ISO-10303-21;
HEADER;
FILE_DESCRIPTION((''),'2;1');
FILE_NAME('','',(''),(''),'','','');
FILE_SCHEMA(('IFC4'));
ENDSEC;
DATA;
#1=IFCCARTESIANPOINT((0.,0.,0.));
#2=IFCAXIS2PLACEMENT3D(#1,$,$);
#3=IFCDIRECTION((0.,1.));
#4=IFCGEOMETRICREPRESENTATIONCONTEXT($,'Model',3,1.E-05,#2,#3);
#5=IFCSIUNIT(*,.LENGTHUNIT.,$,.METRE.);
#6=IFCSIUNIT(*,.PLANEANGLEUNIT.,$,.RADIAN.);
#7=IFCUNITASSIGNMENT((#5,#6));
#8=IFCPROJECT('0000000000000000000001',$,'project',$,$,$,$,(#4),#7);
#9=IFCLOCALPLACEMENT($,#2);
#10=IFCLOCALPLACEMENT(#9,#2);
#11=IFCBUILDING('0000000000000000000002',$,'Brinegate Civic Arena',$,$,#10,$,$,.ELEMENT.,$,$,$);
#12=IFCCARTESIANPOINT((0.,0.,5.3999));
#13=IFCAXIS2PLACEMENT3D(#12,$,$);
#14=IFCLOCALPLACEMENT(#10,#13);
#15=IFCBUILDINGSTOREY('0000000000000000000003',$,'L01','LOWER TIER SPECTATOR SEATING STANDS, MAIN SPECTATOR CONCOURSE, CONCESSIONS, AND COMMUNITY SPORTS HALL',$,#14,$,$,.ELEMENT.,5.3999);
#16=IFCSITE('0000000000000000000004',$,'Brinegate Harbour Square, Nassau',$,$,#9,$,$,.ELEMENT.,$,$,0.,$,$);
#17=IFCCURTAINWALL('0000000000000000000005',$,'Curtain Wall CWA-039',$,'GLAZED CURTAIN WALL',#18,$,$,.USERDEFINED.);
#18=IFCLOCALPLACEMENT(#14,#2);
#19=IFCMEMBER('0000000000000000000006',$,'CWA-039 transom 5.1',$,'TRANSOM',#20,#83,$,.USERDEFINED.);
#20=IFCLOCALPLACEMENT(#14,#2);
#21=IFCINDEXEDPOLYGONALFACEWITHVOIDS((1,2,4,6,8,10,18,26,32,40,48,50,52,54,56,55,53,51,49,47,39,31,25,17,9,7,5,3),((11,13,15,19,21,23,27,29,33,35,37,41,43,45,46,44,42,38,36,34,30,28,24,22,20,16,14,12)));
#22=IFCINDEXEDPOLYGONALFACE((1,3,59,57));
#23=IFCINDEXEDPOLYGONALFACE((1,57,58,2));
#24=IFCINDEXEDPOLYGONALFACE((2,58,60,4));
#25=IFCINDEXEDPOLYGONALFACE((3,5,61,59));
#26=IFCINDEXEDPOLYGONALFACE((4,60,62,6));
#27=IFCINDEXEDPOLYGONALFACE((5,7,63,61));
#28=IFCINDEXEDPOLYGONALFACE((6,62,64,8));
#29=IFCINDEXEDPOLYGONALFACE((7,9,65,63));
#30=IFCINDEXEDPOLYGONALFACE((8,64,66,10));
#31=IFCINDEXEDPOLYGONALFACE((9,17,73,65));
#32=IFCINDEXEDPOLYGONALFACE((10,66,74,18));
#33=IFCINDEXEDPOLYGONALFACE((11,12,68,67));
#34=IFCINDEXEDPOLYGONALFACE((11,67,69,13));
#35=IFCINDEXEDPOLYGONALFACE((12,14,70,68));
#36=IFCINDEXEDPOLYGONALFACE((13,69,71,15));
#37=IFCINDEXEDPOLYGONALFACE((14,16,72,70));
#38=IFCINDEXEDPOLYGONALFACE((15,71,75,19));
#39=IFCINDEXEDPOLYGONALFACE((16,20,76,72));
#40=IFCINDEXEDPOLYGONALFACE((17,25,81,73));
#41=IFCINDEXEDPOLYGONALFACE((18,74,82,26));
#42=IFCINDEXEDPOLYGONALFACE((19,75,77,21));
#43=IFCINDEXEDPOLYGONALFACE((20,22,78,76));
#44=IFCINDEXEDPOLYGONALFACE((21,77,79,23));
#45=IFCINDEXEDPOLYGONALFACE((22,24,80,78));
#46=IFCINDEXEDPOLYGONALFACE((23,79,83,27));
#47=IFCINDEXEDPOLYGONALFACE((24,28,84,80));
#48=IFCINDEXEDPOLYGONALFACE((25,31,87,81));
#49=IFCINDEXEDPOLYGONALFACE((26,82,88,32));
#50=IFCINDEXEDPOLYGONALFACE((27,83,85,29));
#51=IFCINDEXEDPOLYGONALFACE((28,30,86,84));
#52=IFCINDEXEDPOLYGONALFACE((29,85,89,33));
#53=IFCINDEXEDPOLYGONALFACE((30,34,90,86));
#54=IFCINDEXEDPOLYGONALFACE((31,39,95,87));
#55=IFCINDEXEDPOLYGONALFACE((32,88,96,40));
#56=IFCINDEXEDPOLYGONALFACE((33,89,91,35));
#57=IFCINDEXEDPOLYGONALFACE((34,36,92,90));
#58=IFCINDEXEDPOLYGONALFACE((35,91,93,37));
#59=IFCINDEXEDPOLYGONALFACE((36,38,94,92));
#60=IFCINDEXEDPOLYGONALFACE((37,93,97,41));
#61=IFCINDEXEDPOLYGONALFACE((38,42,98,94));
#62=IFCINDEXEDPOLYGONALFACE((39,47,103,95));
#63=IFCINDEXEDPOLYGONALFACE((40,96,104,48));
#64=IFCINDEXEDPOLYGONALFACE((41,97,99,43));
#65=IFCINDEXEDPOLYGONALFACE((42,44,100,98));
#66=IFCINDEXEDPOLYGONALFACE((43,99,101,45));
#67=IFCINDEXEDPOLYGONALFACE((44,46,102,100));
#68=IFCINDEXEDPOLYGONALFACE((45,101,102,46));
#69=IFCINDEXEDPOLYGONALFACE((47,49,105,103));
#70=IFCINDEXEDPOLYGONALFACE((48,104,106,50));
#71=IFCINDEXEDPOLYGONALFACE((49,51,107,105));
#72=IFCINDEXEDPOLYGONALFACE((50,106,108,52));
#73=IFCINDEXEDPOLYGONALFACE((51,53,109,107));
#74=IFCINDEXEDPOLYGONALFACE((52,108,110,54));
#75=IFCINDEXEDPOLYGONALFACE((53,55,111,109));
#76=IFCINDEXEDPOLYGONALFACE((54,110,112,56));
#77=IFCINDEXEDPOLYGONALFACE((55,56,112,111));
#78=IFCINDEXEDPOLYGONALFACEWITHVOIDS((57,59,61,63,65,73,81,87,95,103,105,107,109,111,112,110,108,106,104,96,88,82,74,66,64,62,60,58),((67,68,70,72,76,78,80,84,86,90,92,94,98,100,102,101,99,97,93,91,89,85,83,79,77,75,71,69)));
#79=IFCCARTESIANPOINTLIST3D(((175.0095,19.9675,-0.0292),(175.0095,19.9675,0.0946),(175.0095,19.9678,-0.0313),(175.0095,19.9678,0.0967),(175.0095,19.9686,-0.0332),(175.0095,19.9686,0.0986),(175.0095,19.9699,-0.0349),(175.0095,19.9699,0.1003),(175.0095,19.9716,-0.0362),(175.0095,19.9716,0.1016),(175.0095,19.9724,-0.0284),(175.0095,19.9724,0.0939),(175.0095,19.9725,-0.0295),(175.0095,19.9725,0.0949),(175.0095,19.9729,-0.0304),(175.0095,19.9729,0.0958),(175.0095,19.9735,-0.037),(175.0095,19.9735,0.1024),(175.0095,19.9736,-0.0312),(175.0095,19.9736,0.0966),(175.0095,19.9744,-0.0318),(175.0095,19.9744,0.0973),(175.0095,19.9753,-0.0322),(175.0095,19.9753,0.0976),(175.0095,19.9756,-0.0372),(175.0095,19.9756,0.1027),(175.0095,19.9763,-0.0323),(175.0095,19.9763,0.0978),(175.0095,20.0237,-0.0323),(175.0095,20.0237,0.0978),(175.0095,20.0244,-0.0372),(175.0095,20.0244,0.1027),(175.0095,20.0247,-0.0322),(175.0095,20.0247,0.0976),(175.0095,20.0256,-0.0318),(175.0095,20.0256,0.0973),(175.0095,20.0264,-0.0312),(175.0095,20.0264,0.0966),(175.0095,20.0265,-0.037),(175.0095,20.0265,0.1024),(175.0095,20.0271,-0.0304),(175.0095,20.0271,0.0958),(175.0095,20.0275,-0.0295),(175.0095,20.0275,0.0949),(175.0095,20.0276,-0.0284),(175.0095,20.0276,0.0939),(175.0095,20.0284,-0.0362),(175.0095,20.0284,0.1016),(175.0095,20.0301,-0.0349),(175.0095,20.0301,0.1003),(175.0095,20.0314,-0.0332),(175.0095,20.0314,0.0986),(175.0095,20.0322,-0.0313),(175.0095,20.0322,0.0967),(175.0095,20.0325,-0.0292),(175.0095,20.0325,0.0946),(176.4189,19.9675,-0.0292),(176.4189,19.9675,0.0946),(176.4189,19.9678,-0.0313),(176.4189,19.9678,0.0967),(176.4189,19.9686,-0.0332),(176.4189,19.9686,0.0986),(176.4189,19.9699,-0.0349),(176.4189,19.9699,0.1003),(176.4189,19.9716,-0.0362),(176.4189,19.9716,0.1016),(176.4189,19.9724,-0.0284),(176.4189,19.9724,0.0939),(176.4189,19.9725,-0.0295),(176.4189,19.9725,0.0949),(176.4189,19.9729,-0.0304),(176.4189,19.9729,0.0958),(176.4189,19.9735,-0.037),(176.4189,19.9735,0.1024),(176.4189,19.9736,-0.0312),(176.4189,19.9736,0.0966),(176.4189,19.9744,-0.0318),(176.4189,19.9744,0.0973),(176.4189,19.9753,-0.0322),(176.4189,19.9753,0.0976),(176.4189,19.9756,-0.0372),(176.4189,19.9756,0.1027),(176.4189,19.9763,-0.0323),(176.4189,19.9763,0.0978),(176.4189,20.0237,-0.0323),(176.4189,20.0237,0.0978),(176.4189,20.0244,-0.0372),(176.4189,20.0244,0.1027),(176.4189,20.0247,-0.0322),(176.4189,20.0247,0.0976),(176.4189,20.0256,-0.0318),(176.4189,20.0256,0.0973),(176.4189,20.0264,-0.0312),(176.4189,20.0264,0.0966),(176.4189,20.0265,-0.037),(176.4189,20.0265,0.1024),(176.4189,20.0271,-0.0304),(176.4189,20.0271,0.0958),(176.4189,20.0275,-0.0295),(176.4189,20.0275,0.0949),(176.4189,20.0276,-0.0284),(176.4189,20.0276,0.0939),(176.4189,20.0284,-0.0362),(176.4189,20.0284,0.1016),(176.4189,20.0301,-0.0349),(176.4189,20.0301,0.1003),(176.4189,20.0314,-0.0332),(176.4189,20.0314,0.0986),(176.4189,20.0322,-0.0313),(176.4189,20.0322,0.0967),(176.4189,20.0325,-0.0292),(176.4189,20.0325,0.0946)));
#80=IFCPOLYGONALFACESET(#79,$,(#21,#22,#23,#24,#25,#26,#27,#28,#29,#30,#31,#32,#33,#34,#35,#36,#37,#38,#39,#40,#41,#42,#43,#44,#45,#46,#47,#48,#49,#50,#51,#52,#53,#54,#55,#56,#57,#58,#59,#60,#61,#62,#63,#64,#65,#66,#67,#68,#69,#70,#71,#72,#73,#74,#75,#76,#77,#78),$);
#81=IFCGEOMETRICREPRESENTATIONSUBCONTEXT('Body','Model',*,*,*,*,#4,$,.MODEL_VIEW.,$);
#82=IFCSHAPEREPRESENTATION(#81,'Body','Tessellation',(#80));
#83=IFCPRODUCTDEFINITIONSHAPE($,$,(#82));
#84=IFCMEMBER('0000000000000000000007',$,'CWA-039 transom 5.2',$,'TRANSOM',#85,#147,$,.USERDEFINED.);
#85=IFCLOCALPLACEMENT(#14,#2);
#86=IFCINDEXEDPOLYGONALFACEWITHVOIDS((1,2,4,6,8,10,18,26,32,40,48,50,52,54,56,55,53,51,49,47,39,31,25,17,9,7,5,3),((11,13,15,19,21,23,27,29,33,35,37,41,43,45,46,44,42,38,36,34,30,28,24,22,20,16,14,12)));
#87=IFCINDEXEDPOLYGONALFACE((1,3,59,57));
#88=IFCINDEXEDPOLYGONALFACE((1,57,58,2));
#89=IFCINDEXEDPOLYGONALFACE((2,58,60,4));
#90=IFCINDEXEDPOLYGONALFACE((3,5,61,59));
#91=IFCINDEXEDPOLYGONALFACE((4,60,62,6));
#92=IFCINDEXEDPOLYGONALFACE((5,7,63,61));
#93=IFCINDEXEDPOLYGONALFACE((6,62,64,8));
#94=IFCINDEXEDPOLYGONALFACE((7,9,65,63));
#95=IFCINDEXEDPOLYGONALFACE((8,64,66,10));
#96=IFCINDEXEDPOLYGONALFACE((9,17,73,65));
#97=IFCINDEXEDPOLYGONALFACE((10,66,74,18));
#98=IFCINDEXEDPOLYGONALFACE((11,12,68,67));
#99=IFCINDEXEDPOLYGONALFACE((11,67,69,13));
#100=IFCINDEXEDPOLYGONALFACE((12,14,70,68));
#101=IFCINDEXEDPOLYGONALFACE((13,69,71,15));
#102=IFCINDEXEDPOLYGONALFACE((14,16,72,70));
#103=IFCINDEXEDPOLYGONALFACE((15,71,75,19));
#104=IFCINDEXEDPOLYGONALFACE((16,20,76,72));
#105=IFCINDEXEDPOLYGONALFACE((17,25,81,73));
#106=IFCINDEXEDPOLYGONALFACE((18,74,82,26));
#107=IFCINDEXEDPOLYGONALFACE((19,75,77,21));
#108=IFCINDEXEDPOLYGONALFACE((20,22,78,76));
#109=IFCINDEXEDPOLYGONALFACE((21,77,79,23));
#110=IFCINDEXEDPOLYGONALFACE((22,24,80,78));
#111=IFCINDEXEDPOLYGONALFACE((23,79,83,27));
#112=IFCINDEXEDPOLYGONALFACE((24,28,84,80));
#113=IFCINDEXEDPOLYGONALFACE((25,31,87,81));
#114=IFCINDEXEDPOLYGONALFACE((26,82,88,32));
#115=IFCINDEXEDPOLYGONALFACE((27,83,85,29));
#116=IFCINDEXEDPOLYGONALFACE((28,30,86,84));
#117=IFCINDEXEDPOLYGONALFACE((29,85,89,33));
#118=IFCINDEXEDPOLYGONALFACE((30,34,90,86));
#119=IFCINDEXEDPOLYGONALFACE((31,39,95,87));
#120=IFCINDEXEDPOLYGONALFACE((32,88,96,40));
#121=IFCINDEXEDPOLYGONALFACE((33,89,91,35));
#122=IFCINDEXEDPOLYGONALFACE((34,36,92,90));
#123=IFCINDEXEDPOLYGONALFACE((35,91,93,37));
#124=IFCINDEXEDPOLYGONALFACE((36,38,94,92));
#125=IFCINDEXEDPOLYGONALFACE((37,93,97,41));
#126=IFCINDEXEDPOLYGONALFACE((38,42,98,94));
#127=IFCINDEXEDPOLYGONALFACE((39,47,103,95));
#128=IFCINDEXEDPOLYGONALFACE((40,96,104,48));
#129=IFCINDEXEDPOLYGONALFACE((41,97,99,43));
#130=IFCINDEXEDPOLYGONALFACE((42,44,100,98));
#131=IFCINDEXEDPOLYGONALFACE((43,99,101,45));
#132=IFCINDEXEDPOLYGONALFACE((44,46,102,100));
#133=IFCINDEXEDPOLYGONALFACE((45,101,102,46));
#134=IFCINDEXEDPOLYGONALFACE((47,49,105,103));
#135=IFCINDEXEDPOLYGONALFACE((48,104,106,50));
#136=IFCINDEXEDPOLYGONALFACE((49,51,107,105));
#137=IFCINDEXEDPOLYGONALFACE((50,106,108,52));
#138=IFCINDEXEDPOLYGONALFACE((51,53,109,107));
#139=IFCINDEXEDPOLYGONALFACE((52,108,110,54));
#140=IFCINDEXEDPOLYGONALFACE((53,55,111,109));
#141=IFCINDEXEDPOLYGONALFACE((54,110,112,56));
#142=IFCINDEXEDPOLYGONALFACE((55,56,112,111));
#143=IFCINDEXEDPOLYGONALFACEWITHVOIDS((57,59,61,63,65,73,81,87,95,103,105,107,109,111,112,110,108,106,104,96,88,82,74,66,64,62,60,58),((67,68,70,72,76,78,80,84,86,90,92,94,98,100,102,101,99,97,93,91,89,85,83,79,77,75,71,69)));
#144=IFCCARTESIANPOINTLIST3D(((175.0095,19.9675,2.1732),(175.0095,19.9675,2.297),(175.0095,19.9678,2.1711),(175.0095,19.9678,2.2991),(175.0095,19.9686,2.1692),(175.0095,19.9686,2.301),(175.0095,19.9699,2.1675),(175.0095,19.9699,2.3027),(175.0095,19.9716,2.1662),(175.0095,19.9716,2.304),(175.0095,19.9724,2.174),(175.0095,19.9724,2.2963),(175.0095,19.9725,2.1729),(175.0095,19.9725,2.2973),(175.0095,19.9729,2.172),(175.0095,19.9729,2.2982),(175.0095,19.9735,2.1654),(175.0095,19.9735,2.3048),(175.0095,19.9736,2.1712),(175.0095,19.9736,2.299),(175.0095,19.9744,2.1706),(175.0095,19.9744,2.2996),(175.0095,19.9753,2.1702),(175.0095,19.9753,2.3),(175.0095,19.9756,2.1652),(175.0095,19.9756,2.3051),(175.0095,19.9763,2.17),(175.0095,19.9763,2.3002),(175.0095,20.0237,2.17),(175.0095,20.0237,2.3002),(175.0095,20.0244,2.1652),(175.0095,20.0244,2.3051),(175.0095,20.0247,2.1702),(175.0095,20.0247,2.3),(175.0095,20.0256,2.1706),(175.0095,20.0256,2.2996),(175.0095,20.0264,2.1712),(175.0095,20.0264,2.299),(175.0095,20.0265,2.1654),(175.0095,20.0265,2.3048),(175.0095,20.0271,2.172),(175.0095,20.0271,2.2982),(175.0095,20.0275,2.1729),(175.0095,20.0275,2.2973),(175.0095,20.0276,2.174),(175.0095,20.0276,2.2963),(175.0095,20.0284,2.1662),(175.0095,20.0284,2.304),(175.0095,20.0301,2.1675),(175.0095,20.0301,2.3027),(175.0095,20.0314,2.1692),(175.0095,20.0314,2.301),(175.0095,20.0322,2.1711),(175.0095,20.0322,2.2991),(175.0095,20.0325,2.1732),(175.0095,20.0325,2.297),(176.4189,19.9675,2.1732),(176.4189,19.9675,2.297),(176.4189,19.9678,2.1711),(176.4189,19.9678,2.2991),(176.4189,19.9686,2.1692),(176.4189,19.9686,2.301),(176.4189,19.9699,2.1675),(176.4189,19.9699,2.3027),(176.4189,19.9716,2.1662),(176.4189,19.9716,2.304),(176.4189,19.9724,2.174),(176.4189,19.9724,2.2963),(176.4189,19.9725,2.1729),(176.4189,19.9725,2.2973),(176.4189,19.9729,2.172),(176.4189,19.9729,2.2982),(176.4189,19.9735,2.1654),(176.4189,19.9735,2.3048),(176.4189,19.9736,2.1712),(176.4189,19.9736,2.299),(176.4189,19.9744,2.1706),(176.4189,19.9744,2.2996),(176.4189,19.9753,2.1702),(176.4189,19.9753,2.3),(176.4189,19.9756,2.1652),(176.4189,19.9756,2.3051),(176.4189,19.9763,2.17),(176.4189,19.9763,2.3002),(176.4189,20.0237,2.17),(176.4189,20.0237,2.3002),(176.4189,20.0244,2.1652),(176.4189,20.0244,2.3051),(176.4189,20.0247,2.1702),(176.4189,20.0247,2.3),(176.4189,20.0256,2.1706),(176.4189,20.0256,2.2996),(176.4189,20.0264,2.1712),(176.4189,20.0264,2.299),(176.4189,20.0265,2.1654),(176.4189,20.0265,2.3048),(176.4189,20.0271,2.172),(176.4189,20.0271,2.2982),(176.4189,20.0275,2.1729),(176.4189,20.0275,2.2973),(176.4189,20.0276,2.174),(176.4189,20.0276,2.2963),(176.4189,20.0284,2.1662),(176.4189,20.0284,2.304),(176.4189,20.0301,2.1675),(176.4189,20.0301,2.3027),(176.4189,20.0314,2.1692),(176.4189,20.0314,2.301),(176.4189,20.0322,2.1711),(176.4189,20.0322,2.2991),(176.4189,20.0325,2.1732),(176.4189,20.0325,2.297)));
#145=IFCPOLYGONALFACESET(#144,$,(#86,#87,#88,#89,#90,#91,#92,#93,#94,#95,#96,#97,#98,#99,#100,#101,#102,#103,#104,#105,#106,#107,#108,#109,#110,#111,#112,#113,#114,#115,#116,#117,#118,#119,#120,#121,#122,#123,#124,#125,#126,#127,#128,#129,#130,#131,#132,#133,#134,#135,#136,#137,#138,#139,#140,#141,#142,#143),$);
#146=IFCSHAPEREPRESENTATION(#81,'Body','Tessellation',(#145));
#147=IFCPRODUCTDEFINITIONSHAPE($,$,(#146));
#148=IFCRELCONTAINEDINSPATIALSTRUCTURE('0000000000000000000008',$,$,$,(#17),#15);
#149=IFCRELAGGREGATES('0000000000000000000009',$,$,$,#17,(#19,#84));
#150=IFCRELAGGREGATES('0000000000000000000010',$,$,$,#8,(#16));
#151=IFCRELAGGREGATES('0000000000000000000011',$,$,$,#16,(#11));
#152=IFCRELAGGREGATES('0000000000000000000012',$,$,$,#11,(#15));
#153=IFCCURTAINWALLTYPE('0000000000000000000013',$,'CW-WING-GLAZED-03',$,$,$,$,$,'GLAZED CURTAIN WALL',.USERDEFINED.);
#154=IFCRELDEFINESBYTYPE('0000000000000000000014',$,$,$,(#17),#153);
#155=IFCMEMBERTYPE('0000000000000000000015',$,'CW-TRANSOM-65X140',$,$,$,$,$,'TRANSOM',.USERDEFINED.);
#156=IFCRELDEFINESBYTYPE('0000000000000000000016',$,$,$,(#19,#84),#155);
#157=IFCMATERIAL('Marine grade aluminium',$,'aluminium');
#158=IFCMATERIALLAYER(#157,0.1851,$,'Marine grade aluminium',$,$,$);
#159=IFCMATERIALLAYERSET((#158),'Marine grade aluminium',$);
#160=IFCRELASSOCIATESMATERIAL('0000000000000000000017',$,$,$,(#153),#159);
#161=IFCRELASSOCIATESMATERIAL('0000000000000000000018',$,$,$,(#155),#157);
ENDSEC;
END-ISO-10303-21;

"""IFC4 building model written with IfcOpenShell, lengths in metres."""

from ifc_helpers import new_model, si_unit, direction, frame, origin, origin_2d, place, context, subcontext, project, spatial, hollow_rectangle, extrude, material, layer, layer_set, material_profile, profile_set, type_object, element, aggregate, save


model = new_model("IFC4")

# Units and contexts
model_context = context("Model", 3, precision=1e-05, world=origin(), true_north=direction((0.0, 1.0)))
body_context = subcontext(model_context, "Body", "Model", "MODEL_VIEW")
ifc_project = project(units=[si_unit("LENGTHUNIT", "METRE"), si_unit("PLANEANGLEUNIT", "RADIAN")], contexts=[model_context])

# Site, building, storey
site_placement = place(None, origin())
site = spatial("IfcSite", under=ifc_project, at=site_placement, Name="Brinegate Harbour Square, Nassau", CompositionType="ELEMENT", RefElevation=0.0)
building_placement = place(site_placement, origin())
building = spatial("IfcBuilding", under=site, at=building_placement, Name="Brinegate Civic Arena", CompositionType="ELEMENT")
storey_placement = place(building_placement, frame((0.0, 0.0, 5.3999)))
storey = spatial("IfcBuildingStorey", under=building, at=storey_placement, Name="L01", Description="LOWER TIER SPECTATOR SEATING STANDS, MAIN SPECTATOR CONCOURSE, CONCESSIONS, AND COMMUNITY SPORTS HALL", CompositionType="ELEMENT", Elevation=5.3999)

# Curtain wall, members
ifc_material_1 = material(Name="Marine grade aluminium", Category="aluminium")
ifc_layer_1 = layer(ifc_material_1, 0.1851, Name="Marine grade aluminium")
ifc_layer_set_1 = layer_set([ifc_layer_1], Name="Marine grade aluminium")
curtain_wall_type = type_object("IfcCurtainWallType", Name="CW-WING-GLAZED-03", ElementType="GLAZED CURTAIN WALL", PredefinedType="USERDEFINED", material=ifc_layer_set_1)
curtain_wall_placement = place(storey_placement, origin())
curtain_wall = element("IfcCurtainWall", 1, at=curtain_wall_placement, inside=storey, type_object=curtain_wall_type, Name="Curtain Wall CWA-039", ObjectType="GLAZED CURTAIN WALL", PredefinedType="USERDEFINED")
ifc_material_profile_1 = material_profile(ifc_material_1, hollow_rectangle(XDim=0.0649, YDim=0.1399, WallThickness=0.0049, InnerFilletRadius=0.0039, OuterFilletRadius=0.0081, at=origin_2d()), Name="TRN65X140")
ifc_profile_set_1 = profile_set([ifc_material_profile_1], Name="Marine grade aluminium")
member_type_1 = type_object("IfcMemberType", Name="CW-TRANSOM-65X140", ElementType="TRANSOM", PredefinedType="USERDEFINED", material=ifc_profile_set_1)
member_1_placement = place(storey_placement, frame((175.0095, 20.0, 0.0327), z_axis=(1.0, 0.0, 0.0), x_axis=(0.0, 1.0, 0.0)))
member_1 = element("IfcMember", 2, at=member_1_placement, type_object=member_type_1, Name="CWA-039 transom 5.1", ObjectType="TRANSOM", PredefinedType="USERDEFINED", context=body_context, shape_type="SweptSolid", body=[
    extrude(hollow_rectangle(XDim=0.0649, YDim=0.1399, WallThickness=0.0049, InnerFilletRadius=0.0039, OuterFilletRadius=0.0081, at=origin_2d()), origin(), (0.0, 0.0, 1.0), 1.4094),
])
member_2_placement = place(storey_placement, frame((175.0095, 20.0, 2.2351), z_axis=(1.0, 0.0, 0.0), x_axis=(0.0, 1.0, 0.0)))
member_2 = element("IfcMember", 3, at=member_2_placement, type_object=member_type_1, Name="CWA-039 transom 5.2", ObjectType="TRANSOM", PredefinedType="USERDEFINED", context=body_context, shape_type="SweptSolid", body=[
    extrude(hollow_rectangle(XDim=0.0649, YDim=0.1399, WallThickness=0.0049, InnerFilletRadius=0.0039, OuterFilletRadius=0.0081, at=origin_2d()), origin(), (0.0, 0.0, 1.0), 1.4094),
])
aggregate(curtain_wall, [member_1, member_2])

save(model, "model.ifc")
